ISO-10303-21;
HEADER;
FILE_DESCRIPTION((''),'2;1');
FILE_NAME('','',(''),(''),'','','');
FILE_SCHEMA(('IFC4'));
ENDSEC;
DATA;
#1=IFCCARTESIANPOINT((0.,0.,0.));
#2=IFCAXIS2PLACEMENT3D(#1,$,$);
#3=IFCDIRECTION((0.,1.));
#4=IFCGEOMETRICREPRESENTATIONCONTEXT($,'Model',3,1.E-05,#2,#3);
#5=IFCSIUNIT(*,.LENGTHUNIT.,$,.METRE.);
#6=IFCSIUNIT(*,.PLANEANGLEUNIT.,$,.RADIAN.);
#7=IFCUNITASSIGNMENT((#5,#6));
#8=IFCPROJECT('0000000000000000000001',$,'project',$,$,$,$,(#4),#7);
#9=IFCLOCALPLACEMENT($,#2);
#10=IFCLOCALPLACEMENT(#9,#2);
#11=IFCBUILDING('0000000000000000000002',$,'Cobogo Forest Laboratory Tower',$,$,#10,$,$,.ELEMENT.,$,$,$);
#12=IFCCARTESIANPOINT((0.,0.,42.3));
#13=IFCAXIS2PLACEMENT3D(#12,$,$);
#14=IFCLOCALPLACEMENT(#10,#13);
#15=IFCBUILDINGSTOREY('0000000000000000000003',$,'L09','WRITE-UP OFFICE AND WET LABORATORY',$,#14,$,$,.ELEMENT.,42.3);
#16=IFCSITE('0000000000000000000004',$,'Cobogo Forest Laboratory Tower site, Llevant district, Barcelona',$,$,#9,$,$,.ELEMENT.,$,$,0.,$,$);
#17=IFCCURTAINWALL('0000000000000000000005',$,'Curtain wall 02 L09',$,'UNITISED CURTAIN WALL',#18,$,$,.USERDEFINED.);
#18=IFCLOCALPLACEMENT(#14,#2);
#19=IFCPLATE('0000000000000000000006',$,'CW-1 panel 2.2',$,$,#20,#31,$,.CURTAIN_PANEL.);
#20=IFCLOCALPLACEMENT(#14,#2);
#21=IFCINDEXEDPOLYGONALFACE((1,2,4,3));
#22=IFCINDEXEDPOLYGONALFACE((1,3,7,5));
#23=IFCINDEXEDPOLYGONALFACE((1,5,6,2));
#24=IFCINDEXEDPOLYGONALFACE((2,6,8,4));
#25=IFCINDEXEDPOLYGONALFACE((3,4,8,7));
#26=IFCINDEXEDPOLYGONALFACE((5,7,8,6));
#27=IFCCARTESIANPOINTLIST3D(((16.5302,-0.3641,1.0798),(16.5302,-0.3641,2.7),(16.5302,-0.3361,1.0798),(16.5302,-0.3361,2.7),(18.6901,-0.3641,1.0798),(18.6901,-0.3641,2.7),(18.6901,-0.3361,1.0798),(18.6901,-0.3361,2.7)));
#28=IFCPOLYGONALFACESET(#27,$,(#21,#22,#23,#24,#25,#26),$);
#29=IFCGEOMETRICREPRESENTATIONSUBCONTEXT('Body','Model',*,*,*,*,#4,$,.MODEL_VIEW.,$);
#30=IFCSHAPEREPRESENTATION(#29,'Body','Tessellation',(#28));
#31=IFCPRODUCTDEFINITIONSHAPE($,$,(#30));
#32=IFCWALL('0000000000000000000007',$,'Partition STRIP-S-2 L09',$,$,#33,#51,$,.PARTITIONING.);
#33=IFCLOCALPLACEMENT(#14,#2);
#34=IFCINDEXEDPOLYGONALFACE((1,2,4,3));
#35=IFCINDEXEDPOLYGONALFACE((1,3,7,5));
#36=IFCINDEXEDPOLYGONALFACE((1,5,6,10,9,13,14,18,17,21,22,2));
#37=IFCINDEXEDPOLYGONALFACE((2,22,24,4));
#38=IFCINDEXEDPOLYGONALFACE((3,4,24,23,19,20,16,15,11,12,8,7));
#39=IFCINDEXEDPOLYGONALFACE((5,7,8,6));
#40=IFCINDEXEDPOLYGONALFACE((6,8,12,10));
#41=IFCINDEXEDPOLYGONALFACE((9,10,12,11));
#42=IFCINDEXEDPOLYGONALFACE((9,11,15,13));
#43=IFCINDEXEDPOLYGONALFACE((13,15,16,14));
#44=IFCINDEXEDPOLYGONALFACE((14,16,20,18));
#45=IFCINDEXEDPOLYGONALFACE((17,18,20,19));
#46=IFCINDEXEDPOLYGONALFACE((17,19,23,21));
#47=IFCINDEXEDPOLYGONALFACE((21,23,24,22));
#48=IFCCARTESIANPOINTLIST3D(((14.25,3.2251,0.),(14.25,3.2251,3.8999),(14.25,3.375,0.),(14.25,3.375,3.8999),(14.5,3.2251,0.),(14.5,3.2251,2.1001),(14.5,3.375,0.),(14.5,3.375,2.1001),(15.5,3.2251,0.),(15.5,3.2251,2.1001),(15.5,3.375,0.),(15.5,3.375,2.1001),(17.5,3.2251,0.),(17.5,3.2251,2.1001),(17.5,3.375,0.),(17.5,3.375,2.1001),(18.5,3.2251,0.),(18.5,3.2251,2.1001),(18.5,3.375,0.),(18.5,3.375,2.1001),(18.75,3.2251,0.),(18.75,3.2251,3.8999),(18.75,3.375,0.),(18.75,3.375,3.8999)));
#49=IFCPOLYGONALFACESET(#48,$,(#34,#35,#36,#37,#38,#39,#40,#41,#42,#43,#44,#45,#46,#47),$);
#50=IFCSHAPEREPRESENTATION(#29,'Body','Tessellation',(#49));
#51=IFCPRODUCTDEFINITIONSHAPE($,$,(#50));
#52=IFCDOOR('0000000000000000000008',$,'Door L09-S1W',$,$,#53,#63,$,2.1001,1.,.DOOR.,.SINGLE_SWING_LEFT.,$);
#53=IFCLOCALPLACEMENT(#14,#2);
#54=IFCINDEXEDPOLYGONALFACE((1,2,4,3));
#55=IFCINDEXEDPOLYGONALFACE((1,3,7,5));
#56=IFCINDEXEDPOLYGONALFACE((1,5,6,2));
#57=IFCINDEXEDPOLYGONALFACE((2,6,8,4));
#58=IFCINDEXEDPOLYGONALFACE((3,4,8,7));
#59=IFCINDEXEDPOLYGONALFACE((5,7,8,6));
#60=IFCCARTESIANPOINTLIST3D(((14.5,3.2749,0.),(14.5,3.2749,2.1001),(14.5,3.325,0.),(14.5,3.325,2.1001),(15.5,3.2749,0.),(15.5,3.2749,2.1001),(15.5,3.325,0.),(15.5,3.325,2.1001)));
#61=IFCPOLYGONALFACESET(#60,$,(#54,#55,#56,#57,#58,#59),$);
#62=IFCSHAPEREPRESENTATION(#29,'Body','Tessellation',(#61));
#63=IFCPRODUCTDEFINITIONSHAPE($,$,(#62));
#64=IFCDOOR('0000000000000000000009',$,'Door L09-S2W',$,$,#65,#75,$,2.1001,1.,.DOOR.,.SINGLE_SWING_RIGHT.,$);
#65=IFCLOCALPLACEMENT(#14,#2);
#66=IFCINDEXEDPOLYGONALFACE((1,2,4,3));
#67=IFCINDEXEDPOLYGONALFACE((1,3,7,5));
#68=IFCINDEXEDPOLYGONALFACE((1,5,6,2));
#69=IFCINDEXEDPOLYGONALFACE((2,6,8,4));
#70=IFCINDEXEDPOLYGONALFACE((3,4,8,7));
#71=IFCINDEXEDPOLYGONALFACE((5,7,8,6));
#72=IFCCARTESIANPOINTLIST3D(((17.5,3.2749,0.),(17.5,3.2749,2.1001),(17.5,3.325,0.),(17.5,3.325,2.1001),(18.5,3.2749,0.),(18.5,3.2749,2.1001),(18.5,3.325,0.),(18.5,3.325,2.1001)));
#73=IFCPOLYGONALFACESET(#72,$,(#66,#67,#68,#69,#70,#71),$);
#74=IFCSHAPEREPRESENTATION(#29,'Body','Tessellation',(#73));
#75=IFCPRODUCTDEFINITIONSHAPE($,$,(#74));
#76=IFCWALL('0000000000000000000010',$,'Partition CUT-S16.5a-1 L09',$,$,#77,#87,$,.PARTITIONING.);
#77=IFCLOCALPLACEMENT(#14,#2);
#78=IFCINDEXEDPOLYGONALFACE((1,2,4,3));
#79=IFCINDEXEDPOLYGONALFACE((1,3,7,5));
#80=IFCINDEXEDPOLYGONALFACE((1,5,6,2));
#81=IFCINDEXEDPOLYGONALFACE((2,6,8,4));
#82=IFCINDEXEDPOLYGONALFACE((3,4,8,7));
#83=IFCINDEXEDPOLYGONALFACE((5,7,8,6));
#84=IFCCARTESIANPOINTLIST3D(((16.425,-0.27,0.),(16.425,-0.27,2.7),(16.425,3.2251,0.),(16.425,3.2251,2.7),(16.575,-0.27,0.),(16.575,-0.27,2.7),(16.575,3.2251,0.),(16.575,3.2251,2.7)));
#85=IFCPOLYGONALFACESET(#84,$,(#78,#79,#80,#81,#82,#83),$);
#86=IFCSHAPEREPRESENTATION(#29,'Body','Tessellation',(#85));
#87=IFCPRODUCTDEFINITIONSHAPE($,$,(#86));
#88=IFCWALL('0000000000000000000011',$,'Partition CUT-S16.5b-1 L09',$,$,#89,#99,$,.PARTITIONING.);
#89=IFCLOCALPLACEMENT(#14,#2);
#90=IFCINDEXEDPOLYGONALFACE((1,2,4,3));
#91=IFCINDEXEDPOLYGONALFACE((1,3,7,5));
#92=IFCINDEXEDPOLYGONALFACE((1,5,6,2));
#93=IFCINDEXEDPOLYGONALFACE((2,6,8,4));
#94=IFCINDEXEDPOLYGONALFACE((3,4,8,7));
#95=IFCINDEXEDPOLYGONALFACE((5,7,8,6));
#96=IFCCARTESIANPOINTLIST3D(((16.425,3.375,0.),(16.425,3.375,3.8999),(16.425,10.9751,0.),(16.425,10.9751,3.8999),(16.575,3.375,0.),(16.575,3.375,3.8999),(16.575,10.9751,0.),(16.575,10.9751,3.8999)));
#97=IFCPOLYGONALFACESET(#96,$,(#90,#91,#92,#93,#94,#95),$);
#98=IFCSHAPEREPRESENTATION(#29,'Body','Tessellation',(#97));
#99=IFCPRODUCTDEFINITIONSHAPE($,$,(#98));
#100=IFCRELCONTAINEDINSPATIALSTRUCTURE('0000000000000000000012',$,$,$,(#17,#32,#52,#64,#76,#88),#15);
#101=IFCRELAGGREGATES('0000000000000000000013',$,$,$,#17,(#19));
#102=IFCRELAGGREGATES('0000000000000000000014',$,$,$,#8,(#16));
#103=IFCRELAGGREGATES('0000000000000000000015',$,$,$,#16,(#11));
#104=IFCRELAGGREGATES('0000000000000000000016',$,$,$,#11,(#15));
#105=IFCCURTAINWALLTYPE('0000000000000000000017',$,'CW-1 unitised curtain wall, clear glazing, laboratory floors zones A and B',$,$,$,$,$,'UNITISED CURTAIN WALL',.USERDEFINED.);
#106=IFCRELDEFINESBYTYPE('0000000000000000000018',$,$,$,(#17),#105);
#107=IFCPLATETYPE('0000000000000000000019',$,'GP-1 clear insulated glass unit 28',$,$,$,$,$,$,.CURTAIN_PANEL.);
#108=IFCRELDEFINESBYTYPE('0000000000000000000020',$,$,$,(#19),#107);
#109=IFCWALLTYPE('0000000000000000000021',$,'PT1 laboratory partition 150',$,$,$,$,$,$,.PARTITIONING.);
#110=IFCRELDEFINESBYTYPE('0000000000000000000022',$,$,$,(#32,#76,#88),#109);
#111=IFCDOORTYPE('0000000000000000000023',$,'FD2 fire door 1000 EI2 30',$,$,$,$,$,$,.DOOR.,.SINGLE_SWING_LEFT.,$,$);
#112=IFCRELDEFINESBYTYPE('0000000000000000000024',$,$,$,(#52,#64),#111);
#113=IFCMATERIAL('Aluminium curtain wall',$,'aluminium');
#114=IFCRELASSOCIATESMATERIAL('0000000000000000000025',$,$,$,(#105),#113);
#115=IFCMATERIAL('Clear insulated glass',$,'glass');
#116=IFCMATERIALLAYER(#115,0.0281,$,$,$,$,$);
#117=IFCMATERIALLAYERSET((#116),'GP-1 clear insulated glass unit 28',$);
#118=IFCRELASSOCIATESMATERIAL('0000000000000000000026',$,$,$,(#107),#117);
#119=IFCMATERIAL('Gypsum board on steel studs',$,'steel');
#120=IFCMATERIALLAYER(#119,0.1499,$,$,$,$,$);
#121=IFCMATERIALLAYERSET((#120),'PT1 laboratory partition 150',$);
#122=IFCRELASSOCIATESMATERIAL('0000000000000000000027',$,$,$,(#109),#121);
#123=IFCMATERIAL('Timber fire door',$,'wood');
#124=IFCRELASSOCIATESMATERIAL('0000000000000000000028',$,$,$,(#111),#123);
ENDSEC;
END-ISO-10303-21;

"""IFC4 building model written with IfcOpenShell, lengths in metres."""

from ifc_helpers import new_model, si_unit, direction, frame, frame_2d, origin, origin_2d, place, context, subcontext, project, spatial, rectangle, extrude, material, layer, layer_set, type_object, element, fill, aggregate, save


model = new_model("IFC4")

# Units and contexts
model_context = context("Model", 3, precision=1e-05, world=origin(), true_north=direction((0.0, 1.0)))
body_context = subcontext(model_context, "Body", "Model", "MODEL_VIEW")
ifc_project = project(units=[si_unit("LENGTHUNIT", "METRE"), si_unit("PLANEANGLEUNIT", "RADIAN")], contexts=[model_context])

# Site, building, storey
site_placement = place(None, origin())
site = spatial("IfcSite", under=ifc_project, at=site_placement, Name="Cobogo Forest Laboratory Tower site, Llevant district, Barcelona", CompositionType="ELEMENT", RefElevation=0.0)
building_placement = place(site_placement, origin())
building = spatial("IfcBuilding", under=site, at=building_placement, Name="Cobogo Forest Laboratory Tower", CompositionType="ELEMENT")
storey_placement = place(building_placement, frame((0.0, 0.0, 42.3)))
storey = spatial("IfcBuildingStorey", under=building, at=storey_placement, Name="L09", Description="WRITE-UP OFFICE AND WET LABORATORY", CompositionType="ELEMENT", Elevation=42.3)

# Curtain wall
ifc_material_1 = material(Name="Aluminium curtain wall", Category="aluminium")
curtain_wall_type = type_object("IfcCurtainWallType", Name="CW-1 unitised curtain wall, clear glazing, laboratory floors zones A and B", ElementType="UNITISED CURTAIN WALL", PredefinedType="USERDEFINED", material=ifc_material_1)
curtain_wall_placement = place(storey_placement, origin())
curtain_wall = element("IfcCurtainWall", 1, at=curtain_wall_placement, inside=storey, type_object=curtain_wall_type, Name="Curtain wall 02 L09", ObjectType="UNITISED CURTAIN WALL", PredefinedType="USERDEFINED")

# Plate
ifc_material_2 = material(Name="Clear insulated glass", Category="glass")
ifc_layer_1 = layer(ifc_material_2, 0.0281)
ifc_layer_set_1 = layer_set([ifc_layer_1], Name="GP-1 clear insulated glass unit 28")
plate_type_1 = type_object("IfcPlateType", Name="GP-1 clear insulated glass unit 28", PredefinedType="CURTAIN_PANEL", material=ifc_layer_set_1)
plate_1_placement = place(storey_placement, frame((17.6101, -0.3501, 1.0798), z_axis=(0.0, 0.0, 1.0), x_axis=(1.0, 0.0, 0.0)))
plate_1 = element("IfcPlate", 2, at=plate_1_placement, type_object=plate_type_1, Name="CW-1 panel 2.2", PredefinedType="CURTAIN_PANEL", context=body_context, shape_type="SweptSolid", body=[
    extrude(rectangle(XDim=2.1599, YDim=0.0281, at=origin_2d()), origin(), (0.0, 0.0, 1.0), 1.6201),
])
aggregate(curtain_wall, [plate_1])

# Wall, openings, doors
ifc_material_3 = material(Name="Gypsum board on steel studs", Category="steel")
ifc_layer_2 = layer(ifc_material_3, 0.1499)
ifc_layer_set_2 = layer_set([ifc_layer_2], Name="PT1 laboratory partition 150")
wall_type = type_object("IfcWallType", Name="PT1 laboratory partition 150", PredefinedType="PARTITIONING", material=ifc_layer_set_2)
wall_1_placement = place(storey_placement, frame((14.25, 3.3, 0.0), z_axis=(0.0, 0.0, 1.0), x_axis=(1.0, 0.0, 0.0)))
wall_1 = element("IfcWall", 3, at=wall_1_placement, inside=storey, type_object=wall_type, Name="Partition STRIP-S-2 L09", PredefinedType="PARTITIONING", context=body_context, shape_type="SweptSolid", body=[
    extrude(rectangle(XDim=4.5, YDim=0.1499, at=frame_2d((2.25, 0.0))), origin(), (0.0, 0.0, 1.0), 3.8999),
])
opening_1_placement = place(wall_1_placement, frame((0.25, 0.0, 0.0)))
opening_1 = element("IfcOpeningElement", 4, at=opening_1_placement, cuts=wall_1, PredefinedType="OPENING", context=body_context, shape_type="SweptSolid", body=[
    extrude(rectangle(XDim=1.0, YDim=2.1001, at=frame_2d((0.5, 1.05))), frame((0.0, 0.085, 0.0), z_axis=(0.0, -1.0, 0.0), x_axis=(1.0, 0.0, 0.0)), (0.0, 0.0, 1.0), 0.1699),
])
opening_2_placement = place(wall_1_placement, frame((3.25, 0.0, 0.0)))
opening_2 = element("IfcOpeningElement", 5, at=opening_2_placement, cuts=wall_1, PredefinedType="OPENING", context=body_context, shape_type="SweptSolid", body=[
    extrude(rectangle(XDim=1.0, YDim=2.1001, at=frame_2d((0.5, 1.05))), frame((0.0, 0.085, 0.0), z_axis=(0.0, -1.0, 0.0), x_axis=(1.0, 0.0, 0.0)), (0.0, 0.0, 1.0), 0.1699),
])
ifc_material_4 = material(Name="Timber fire door", Category="wood")
door_type = type_object("IfcDoorType", Name="FD2 fire door 1000 EI2 30", OperationType="SINGLE_SWING_LEFT", PredefinedType="DOOR", material=ifc_material_4)
door_1_placement = place(opening_1_placement, origin())
door_1 = element("IfcDoor", 6, at=door_1_placement, inside=storey, type_object=door_type, Name="Door L09-S1W", OperationType="SINGLE_SWING_LEFT", OverallHeight=2.1001, OverallWidth=1.0, PredefinedType="DOOR", context=body_context, shape_type="SweptSolid", body=[
    extrude(rectangle(XDim=1.0, YDim=2.1001, at=frame_2d((0.5, 1.05))), frame((0.0, 0.0249, 0.0), z_axis=(0.0, -1.0, 0.0), x_axis=(1.0, 0.0, 0.0)), (0.0, 0.0, 1.0), 0.05),
])
fill(opening_1, door_1)
door_2_placement = place(opening_2_placement, origin())
door_2 = element("IfcDoor", 7, at=door_2_placement, inside=storey, type_object=door_type, Name="Door L09-S2W", OperationType="SINGLE_SWING_RIGHT", OverallHeight=2.1001, OverallWidth=1.0, PredefinedType="DOOR", context=body_context, shape_type="SweptSolid", body=[
    extrude(rectangle(XDim=1.0, YDim=2.1001, at=frame_2d((0.5, 1.05))), frame((0.0, 0.0249, 0.0), z_axis=(0.0, -1.0, 0.0), x_axis=(1.0, 0.0, 0.0)), (0.0, 0.0, 1.0), 0.05),
])
fill(opening_2, door_2)

# Walls
wall_2_placement = place(storey_placement, frame((16.5, -0.27, 0.0), z_axis=(0.0, 0.0, 1.0), x_axis=(0.0, 1.0, 0.0)))
element("IfcWall", 8, at=wall_2_placement, inside=storey, type_object=wall_type, Name="Partition CUT-S16.5a-1 L09", PredefinedType="PARTITIONING", context=body_context, shape_type="SweptSolid", body=[
    extrude(rectangle(XDim=3.4951, YDim=0.1499, at=frame_2d((1.7476, 0.0))), origin(), (0.0, 0.0, 1.0), 2.7),
])
wall_3_placement = place(storey_placement, frame((16.5, 3.375, 0.0), z_axis=(0.0, 0.0, 1.0), x_axis=(0.0, 1.0, 0.0)))
element("IfcWall", 9, at=wall_3_placement, inside=storey, type_object=wall_type, Name="Partition CUT-S16.5b-1 L09", PredefinedType="PARTITIONING", context=body_context, shape_type="SweptSolid", body=[
    extrude(rectangle(XDim=7.6001, YDim=0.1499, at=frame_2d((3.8, 0.0))), origin(), (0.0, 0.0, 1.0), 3.8999),
])

save(model, "model.ifc")
